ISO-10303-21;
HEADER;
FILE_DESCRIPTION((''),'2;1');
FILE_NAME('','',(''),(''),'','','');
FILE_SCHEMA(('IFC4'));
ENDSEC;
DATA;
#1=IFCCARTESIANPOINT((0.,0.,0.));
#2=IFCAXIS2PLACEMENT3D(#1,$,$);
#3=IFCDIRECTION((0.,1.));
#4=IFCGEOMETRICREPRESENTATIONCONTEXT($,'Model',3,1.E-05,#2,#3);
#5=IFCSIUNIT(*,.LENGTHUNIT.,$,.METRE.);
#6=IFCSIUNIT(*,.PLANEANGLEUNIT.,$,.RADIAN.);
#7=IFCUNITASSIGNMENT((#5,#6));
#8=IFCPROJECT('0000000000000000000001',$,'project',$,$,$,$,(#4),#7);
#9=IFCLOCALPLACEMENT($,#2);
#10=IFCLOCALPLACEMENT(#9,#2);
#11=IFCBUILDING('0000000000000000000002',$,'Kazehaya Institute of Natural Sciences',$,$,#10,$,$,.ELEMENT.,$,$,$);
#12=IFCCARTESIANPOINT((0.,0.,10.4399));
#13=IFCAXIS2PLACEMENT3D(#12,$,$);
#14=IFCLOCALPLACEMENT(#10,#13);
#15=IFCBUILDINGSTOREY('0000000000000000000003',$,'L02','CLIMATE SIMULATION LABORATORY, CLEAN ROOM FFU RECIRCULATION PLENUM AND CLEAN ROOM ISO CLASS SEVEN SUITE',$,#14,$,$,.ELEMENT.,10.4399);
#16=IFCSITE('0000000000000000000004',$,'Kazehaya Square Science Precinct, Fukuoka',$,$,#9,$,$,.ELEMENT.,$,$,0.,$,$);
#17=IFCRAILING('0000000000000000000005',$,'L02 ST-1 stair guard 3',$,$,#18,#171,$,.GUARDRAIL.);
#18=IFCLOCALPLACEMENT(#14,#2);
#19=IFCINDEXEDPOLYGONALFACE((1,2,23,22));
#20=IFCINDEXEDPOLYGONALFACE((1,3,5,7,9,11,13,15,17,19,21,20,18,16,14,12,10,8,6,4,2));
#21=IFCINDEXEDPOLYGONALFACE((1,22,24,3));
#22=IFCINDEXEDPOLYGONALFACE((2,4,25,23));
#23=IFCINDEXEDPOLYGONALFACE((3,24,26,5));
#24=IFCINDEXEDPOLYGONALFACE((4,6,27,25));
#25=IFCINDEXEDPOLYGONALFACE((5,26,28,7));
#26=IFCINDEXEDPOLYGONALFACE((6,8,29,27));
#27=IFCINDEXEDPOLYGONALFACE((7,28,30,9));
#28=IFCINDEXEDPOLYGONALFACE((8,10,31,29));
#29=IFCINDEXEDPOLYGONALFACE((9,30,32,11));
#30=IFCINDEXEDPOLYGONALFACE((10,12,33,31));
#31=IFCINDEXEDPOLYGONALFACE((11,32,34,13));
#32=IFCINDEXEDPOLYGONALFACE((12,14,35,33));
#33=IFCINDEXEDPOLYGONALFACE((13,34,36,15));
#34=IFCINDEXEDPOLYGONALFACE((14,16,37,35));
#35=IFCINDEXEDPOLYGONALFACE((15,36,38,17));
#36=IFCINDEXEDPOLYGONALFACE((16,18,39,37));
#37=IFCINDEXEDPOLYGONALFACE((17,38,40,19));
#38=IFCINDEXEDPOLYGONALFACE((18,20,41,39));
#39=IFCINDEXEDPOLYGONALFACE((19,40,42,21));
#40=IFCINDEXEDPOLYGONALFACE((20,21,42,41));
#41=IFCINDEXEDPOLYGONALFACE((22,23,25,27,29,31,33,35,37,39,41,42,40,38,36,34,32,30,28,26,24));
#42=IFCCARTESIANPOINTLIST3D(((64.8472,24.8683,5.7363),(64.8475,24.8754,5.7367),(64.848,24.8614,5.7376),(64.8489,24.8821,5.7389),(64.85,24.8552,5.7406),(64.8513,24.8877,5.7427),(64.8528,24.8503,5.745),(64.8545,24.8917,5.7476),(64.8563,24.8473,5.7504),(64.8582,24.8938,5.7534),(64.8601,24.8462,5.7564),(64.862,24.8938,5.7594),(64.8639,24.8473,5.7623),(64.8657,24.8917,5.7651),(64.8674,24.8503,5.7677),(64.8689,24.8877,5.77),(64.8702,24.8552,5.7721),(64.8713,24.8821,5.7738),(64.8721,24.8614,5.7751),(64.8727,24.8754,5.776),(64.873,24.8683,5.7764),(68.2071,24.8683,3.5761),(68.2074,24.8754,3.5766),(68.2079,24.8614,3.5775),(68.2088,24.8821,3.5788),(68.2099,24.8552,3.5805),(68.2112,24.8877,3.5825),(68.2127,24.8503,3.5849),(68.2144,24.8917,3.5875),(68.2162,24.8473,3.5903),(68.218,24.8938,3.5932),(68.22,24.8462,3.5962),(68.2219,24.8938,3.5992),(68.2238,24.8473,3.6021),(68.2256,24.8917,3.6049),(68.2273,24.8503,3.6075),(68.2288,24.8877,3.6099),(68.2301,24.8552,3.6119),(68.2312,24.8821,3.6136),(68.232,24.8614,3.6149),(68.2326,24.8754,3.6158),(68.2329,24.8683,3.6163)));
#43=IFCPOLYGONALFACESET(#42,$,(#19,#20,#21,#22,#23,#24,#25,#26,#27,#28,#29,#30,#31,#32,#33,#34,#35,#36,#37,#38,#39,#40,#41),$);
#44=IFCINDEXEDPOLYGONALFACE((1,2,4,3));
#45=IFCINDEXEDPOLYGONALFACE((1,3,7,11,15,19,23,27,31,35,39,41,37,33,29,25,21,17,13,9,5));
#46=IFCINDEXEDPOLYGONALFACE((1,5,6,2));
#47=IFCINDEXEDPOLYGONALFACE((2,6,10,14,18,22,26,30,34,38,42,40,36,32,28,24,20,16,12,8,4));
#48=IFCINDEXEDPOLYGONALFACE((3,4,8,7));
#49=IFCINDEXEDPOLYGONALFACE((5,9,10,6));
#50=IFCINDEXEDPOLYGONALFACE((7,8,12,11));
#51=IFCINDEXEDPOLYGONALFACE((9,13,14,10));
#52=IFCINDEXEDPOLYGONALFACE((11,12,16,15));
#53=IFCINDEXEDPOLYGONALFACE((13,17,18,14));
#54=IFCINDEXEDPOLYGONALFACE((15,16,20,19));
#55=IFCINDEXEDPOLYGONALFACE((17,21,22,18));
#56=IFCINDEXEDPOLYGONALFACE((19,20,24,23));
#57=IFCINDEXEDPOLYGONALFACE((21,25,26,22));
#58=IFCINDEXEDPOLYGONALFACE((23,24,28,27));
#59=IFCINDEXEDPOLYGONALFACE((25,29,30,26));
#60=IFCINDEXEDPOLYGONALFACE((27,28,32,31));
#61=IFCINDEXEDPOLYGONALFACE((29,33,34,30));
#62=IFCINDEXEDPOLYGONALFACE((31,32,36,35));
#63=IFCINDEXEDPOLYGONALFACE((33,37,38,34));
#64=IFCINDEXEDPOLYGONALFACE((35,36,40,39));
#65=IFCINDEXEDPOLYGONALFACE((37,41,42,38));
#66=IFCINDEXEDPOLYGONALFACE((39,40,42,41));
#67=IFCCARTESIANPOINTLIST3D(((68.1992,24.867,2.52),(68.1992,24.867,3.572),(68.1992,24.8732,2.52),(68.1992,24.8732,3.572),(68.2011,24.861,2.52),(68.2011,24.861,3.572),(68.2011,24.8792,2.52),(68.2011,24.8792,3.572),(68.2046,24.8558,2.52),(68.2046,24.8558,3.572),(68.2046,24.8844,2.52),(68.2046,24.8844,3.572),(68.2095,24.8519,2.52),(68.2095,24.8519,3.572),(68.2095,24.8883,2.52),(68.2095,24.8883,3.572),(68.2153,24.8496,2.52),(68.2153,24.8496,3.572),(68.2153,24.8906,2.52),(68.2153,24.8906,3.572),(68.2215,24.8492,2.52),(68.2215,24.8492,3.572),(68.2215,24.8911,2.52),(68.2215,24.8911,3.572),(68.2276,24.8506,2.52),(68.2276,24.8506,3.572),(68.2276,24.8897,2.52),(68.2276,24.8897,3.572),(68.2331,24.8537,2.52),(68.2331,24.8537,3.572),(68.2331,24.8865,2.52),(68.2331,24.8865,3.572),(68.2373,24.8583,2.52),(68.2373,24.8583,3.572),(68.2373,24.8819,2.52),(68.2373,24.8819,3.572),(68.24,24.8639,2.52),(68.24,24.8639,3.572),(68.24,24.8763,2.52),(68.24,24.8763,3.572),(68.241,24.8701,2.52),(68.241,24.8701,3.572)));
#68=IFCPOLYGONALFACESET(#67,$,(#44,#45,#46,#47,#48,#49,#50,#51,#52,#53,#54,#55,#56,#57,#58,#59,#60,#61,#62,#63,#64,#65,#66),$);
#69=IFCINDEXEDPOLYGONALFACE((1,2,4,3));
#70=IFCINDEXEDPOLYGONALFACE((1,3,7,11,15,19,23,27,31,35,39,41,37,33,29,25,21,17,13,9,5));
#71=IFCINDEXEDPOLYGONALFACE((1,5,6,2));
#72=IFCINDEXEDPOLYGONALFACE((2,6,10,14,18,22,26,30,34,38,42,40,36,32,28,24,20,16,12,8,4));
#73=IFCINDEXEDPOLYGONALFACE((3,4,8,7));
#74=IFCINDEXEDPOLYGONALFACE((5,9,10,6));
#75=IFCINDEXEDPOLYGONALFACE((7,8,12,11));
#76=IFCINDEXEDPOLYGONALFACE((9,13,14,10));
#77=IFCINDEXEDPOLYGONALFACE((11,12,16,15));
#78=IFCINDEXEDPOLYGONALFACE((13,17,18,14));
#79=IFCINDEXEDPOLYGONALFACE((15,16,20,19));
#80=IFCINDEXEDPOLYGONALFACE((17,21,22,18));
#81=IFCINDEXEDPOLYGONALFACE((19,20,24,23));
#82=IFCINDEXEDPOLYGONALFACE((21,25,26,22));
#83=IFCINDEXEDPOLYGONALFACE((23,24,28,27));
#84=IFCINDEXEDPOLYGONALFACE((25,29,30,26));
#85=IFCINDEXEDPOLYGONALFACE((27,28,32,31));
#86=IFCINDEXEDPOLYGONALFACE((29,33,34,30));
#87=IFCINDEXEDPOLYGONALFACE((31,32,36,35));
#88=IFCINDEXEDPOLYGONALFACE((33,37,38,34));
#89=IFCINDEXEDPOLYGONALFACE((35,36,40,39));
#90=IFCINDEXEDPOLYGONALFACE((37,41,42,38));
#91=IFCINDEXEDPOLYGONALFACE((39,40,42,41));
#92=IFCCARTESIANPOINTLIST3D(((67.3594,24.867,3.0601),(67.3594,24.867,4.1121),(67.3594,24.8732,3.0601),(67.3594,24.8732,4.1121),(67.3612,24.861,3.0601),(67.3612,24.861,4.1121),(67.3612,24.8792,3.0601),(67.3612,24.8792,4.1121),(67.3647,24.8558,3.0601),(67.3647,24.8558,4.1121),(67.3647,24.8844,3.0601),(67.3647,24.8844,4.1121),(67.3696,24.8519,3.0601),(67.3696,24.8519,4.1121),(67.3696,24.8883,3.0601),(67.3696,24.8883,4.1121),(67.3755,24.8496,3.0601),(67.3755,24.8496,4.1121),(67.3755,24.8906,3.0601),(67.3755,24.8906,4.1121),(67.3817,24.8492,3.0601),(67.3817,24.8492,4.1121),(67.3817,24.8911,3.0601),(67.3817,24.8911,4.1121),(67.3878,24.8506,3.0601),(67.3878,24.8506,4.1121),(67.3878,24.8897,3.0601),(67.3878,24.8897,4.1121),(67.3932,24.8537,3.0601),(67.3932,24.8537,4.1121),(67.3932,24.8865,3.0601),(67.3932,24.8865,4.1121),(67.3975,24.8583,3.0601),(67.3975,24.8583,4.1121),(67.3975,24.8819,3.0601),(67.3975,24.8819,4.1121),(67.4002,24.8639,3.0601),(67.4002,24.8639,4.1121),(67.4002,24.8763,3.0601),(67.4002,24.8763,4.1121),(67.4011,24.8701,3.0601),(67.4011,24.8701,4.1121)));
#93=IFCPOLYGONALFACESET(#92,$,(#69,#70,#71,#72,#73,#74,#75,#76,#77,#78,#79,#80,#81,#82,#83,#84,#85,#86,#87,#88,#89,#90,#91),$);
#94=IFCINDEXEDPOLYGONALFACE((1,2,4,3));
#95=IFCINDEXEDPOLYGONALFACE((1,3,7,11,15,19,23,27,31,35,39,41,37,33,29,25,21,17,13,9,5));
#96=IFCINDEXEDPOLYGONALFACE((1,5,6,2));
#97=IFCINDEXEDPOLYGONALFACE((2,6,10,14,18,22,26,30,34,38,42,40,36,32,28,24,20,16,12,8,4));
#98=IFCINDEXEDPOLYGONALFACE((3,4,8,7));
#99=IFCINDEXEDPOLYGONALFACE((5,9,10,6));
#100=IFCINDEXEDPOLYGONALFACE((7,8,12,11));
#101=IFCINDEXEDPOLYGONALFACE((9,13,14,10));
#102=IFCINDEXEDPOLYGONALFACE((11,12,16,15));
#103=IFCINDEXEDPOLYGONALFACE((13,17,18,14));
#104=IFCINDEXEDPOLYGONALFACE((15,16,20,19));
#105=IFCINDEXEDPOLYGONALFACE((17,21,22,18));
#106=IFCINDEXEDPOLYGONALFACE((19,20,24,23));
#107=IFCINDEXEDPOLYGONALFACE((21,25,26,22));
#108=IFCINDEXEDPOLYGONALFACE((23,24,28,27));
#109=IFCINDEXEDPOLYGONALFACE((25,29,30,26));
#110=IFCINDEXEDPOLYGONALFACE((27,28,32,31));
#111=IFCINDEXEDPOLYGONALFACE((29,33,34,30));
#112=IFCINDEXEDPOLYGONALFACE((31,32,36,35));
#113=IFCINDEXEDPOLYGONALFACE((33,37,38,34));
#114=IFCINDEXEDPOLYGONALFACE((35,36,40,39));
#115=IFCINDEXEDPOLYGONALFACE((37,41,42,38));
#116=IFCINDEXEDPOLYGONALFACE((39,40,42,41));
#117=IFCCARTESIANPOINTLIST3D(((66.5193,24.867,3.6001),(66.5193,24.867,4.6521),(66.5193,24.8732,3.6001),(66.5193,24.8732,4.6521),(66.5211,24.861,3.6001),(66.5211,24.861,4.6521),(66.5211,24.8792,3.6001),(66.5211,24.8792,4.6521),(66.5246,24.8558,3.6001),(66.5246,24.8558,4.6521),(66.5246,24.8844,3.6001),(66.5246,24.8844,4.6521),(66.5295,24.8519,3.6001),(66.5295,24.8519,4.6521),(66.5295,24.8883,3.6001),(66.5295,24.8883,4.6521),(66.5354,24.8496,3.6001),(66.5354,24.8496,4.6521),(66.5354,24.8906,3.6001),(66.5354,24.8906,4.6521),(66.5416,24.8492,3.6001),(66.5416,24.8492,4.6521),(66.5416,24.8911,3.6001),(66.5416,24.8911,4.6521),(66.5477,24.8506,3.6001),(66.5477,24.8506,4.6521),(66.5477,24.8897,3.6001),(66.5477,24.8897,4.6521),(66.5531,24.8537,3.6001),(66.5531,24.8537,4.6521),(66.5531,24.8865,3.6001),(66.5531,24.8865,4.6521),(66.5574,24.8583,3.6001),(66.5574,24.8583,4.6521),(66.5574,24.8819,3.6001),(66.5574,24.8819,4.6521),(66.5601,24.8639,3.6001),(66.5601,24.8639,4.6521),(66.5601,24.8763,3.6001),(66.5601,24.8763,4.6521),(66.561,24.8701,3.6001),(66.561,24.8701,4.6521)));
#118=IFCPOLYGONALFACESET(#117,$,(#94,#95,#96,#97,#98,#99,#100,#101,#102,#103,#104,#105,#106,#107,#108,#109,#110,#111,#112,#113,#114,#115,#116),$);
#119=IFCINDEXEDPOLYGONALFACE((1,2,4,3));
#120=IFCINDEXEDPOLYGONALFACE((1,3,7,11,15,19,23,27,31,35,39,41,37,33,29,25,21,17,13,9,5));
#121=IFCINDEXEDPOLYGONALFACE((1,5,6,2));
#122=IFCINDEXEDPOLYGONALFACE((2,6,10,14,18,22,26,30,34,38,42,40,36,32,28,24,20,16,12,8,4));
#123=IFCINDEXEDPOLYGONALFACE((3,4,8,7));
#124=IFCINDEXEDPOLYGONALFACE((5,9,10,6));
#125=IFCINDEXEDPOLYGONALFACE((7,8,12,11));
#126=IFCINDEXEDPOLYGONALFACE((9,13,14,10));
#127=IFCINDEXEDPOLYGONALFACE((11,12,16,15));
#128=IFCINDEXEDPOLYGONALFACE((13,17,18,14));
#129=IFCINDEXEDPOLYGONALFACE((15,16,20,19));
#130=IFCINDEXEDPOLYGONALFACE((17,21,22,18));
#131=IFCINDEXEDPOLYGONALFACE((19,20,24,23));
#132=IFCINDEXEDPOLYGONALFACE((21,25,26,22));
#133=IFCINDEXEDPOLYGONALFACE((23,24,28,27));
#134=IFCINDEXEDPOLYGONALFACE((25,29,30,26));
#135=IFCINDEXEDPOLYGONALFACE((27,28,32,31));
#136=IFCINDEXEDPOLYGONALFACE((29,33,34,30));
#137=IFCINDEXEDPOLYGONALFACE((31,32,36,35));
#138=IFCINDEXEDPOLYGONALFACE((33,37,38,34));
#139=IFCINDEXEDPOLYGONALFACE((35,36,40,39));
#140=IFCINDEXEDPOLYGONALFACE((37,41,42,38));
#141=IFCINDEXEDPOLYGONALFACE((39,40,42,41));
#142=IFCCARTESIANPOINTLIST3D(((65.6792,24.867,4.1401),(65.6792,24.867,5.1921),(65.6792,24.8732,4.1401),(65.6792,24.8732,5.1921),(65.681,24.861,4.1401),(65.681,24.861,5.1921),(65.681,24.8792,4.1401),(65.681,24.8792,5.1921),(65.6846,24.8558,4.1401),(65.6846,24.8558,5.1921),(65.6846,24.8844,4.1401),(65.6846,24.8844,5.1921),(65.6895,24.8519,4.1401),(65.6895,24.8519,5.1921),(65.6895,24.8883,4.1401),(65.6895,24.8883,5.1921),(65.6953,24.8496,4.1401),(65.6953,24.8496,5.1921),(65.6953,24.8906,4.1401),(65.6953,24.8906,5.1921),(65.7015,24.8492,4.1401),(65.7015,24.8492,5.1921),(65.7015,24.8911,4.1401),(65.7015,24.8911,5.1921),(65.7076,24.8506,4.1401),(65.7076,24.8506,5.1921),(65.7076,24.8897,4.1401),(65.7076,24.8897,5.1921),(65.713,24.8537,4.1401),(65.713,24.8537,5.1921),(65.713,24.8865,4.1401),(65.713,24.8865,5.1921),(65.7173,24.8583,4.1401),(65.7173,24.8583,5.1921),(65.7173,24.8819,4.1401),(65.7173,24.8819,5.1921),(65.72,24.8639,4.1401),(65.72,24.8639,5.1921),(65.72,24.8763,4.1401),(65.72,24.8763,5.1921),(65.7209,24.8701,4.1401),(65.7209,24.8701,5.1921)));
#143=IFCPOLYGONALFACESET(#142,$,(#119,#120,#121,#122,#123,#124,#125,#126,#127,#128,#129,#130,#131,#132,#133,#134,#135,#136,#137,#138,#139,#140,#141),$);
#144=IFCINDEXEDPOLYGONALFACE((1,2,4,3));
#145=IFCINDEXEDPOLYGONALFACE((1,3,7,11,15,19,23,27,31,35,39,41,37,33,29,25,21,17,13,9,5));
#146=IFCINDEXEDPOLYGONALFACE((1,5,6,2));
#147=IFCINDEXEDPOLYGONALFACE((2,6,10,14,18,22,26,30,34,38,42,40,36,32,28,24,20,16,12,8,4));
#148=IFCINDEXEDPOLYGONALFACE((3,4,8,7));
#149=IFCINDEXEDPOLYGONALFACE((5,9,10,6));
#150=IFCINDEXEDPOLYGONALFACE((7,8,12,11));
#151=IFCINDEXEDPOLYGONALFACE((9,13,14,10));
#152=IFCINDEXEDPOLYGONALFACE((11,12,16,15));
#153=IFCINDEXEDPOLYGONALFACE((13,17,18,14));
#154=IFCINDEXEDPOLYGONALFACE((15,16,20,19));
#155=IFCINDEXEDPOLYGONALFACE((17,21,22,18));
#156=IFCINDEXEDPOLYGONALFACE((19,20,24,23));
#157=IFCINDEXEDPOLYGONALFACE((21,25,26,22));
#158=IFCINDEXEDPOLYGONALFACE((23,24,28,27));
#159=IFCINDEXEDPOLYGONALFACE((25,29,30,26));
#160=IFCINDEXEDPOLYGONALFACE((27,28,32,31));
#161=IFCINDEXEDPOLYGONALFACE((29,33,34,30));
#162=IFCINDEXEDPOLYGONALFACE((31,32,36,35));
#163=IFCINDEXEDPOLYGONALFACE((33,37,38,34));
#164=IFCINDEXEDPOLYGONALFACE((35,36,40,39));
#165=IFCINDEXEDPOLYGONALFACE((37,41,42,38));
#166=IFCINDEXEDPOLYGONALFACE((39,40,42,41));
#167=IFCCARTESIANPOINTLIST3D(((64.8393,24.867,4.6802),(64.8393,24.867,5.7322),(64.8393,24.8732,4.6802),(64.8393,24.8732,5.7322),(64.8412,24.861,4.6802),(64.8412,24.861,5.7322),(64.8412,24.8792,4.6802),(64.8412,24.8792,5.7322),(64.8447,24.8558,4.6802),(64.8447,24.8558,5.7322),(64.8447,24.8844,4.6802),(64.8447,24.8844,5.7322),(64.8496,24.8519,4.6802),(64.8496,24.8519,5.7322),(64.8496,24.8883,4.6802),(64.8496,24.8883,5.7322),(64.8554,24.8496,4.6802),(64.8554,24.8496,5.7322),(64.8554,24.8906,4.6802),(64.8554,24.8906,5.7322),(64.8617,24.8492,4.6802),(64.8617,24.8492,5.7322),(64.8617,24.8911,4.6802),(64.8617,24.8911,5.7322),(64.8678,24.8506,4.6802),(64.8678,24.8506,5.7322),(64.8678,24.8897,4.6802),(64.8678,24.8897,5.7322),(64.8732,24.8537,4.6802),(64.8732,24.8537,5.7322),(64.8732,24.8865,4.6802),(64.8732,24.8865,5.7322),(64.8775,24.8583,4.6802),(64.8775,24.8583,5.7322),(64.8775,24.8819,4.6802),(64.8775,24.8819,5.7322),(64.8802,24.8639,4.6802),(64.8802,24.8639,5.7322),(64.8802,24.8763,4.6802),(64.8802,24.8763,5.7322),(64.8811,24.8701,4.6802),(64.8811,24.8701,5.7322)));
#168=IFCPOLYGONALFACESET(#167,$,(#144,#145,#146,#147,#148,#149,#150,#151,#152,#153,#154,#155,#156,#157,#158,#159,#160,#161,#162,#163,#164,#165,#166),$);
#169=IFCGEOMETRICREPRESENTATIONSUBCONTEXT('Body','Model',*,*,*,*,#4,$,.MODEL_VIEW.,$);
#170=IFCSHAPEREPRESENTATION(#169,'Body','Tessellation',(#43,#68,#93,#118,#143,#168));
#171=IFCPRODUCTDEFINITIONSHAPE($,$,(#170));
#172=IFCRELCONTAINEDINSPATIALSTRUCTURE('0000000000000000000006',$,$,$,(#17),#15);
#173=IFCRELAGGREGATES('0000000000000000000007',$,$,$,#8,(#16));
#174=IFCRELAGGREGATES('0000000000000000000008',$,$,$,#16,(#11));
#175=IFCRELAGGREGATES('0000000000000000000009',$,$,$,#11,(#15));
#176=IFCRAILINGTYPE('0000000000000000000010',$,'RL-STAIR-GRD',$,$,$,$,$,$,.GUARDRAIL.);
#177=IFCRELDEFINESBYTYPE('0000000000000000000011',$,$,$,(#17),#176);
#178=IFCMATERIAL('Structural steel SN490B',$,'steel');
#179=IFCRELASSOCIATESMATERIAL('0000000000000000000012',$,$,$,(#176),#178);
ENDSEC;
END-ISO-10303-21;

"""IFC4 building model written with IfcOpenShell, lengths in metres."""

from ifc_helpers import new_model, si_unit, direction, frame, origin, origin_2d, place, context, subcontext, project, spatial, circle, extrude, material, type_object, element, save


model = new_model("IFC4")

# Units and contexts
model_context = context("Model", 3, precision=1e-05, world=origin(), true_north=direction((0.0, 1.0)))
body_context = subcontext(model_context, "Body", "Model", "MODEL_VIEW")
ifc_project = project(units=[si_unit("LENGTHUNIT", "METRE"), si_unit("PLANEANGLEUNIT", "RADIAN")], contexts=[model_context])

# Site, building, storey
site_placement = place(None, origin())
site = spatial("IfcSite", under=ifc_project, at=site_placement, Name="Kazehaya Square Science Precinct, Fukuoka", CompositionType="ELEMENT", RefElevation=0.0)
building_placement = place(site_placement, origin())
building = spatial("IfcBuilding", under=site, at=building_placement, Name="Kazehaya Institute of Natural Sciences", CompositionType="ELEMENT")
storey_placement = place(building_placement, frame((0.0, 0.0, 10.4399)))
storey = spatial("IfcBuildingStorey", under=building, at=storey_placement, Name="L02", Description="CLIMATE SIMULATION LABORATORY, CLEAN ROOM FFU RECIRCULATION PLENUM AND CLEAN ROOM ISO CLASS SEVEN SUITE", CompositionType="ELEMENT", Elevation=10.4399)

# Railing
ifc_material_1 = material(Name="Structural steel SN490B", Category="steel")
railing_type_1 = type_object("IfcRailingType", Name="RL-STAIR-GRD", PredefinedType="GUARDRAIL", material=ifc_material_1)
railing_1_placement = place(storey_placement, frame((68.22, 24.8701, 2.52)))
element("IfcRailing", 1, at=railing_1_placement, inside=storey, type_object=railing_type_1, Name="L02 ST-1 stair guard 3", PredefinedType="GUARDRAIL", context=body_context, shape_type="SweptSolid", body=[
    extrude(circle(Radius=0.0239, at=origin_2d()), frame((0.0, 0.0, 1.0762), z_axis=(-0.841151, 0.0, 0.540801), x_axis=(0.0, -1.0, 0.0)), (0.0, 0.0, 1.0), 3.9944),
    extrude(circle(Radius=0.021, at=origin_2d()), origin(), (0.0, 0.0, 1.0), 1.052),
    extrude(circle(Radius=0.021, at=origin_2d()), frame((-0.8398, 0.0, 0.54)), (0.0, 0.0, 1.0), 1.052),
    extrude(circle(Radius=0.021, at=origin_2d()), frame((-1.6799, 0.0, 1.0801)), (0.0, 0.0, 1.0), 1.052),
    extrude(circle(Radius=0.021, at=origin_2d()), frame((-2.52, 0.0, 1.6201)), (0.0, 0.0, 1.0), 1.052),
    extrude(circle(Radius=0.021, at=origin_2d()), frame((-3.3599, 0.0, 2.1602)), (0.0, 0.0, 1.0), 1.052),
])

save(model, "model.ifc")
